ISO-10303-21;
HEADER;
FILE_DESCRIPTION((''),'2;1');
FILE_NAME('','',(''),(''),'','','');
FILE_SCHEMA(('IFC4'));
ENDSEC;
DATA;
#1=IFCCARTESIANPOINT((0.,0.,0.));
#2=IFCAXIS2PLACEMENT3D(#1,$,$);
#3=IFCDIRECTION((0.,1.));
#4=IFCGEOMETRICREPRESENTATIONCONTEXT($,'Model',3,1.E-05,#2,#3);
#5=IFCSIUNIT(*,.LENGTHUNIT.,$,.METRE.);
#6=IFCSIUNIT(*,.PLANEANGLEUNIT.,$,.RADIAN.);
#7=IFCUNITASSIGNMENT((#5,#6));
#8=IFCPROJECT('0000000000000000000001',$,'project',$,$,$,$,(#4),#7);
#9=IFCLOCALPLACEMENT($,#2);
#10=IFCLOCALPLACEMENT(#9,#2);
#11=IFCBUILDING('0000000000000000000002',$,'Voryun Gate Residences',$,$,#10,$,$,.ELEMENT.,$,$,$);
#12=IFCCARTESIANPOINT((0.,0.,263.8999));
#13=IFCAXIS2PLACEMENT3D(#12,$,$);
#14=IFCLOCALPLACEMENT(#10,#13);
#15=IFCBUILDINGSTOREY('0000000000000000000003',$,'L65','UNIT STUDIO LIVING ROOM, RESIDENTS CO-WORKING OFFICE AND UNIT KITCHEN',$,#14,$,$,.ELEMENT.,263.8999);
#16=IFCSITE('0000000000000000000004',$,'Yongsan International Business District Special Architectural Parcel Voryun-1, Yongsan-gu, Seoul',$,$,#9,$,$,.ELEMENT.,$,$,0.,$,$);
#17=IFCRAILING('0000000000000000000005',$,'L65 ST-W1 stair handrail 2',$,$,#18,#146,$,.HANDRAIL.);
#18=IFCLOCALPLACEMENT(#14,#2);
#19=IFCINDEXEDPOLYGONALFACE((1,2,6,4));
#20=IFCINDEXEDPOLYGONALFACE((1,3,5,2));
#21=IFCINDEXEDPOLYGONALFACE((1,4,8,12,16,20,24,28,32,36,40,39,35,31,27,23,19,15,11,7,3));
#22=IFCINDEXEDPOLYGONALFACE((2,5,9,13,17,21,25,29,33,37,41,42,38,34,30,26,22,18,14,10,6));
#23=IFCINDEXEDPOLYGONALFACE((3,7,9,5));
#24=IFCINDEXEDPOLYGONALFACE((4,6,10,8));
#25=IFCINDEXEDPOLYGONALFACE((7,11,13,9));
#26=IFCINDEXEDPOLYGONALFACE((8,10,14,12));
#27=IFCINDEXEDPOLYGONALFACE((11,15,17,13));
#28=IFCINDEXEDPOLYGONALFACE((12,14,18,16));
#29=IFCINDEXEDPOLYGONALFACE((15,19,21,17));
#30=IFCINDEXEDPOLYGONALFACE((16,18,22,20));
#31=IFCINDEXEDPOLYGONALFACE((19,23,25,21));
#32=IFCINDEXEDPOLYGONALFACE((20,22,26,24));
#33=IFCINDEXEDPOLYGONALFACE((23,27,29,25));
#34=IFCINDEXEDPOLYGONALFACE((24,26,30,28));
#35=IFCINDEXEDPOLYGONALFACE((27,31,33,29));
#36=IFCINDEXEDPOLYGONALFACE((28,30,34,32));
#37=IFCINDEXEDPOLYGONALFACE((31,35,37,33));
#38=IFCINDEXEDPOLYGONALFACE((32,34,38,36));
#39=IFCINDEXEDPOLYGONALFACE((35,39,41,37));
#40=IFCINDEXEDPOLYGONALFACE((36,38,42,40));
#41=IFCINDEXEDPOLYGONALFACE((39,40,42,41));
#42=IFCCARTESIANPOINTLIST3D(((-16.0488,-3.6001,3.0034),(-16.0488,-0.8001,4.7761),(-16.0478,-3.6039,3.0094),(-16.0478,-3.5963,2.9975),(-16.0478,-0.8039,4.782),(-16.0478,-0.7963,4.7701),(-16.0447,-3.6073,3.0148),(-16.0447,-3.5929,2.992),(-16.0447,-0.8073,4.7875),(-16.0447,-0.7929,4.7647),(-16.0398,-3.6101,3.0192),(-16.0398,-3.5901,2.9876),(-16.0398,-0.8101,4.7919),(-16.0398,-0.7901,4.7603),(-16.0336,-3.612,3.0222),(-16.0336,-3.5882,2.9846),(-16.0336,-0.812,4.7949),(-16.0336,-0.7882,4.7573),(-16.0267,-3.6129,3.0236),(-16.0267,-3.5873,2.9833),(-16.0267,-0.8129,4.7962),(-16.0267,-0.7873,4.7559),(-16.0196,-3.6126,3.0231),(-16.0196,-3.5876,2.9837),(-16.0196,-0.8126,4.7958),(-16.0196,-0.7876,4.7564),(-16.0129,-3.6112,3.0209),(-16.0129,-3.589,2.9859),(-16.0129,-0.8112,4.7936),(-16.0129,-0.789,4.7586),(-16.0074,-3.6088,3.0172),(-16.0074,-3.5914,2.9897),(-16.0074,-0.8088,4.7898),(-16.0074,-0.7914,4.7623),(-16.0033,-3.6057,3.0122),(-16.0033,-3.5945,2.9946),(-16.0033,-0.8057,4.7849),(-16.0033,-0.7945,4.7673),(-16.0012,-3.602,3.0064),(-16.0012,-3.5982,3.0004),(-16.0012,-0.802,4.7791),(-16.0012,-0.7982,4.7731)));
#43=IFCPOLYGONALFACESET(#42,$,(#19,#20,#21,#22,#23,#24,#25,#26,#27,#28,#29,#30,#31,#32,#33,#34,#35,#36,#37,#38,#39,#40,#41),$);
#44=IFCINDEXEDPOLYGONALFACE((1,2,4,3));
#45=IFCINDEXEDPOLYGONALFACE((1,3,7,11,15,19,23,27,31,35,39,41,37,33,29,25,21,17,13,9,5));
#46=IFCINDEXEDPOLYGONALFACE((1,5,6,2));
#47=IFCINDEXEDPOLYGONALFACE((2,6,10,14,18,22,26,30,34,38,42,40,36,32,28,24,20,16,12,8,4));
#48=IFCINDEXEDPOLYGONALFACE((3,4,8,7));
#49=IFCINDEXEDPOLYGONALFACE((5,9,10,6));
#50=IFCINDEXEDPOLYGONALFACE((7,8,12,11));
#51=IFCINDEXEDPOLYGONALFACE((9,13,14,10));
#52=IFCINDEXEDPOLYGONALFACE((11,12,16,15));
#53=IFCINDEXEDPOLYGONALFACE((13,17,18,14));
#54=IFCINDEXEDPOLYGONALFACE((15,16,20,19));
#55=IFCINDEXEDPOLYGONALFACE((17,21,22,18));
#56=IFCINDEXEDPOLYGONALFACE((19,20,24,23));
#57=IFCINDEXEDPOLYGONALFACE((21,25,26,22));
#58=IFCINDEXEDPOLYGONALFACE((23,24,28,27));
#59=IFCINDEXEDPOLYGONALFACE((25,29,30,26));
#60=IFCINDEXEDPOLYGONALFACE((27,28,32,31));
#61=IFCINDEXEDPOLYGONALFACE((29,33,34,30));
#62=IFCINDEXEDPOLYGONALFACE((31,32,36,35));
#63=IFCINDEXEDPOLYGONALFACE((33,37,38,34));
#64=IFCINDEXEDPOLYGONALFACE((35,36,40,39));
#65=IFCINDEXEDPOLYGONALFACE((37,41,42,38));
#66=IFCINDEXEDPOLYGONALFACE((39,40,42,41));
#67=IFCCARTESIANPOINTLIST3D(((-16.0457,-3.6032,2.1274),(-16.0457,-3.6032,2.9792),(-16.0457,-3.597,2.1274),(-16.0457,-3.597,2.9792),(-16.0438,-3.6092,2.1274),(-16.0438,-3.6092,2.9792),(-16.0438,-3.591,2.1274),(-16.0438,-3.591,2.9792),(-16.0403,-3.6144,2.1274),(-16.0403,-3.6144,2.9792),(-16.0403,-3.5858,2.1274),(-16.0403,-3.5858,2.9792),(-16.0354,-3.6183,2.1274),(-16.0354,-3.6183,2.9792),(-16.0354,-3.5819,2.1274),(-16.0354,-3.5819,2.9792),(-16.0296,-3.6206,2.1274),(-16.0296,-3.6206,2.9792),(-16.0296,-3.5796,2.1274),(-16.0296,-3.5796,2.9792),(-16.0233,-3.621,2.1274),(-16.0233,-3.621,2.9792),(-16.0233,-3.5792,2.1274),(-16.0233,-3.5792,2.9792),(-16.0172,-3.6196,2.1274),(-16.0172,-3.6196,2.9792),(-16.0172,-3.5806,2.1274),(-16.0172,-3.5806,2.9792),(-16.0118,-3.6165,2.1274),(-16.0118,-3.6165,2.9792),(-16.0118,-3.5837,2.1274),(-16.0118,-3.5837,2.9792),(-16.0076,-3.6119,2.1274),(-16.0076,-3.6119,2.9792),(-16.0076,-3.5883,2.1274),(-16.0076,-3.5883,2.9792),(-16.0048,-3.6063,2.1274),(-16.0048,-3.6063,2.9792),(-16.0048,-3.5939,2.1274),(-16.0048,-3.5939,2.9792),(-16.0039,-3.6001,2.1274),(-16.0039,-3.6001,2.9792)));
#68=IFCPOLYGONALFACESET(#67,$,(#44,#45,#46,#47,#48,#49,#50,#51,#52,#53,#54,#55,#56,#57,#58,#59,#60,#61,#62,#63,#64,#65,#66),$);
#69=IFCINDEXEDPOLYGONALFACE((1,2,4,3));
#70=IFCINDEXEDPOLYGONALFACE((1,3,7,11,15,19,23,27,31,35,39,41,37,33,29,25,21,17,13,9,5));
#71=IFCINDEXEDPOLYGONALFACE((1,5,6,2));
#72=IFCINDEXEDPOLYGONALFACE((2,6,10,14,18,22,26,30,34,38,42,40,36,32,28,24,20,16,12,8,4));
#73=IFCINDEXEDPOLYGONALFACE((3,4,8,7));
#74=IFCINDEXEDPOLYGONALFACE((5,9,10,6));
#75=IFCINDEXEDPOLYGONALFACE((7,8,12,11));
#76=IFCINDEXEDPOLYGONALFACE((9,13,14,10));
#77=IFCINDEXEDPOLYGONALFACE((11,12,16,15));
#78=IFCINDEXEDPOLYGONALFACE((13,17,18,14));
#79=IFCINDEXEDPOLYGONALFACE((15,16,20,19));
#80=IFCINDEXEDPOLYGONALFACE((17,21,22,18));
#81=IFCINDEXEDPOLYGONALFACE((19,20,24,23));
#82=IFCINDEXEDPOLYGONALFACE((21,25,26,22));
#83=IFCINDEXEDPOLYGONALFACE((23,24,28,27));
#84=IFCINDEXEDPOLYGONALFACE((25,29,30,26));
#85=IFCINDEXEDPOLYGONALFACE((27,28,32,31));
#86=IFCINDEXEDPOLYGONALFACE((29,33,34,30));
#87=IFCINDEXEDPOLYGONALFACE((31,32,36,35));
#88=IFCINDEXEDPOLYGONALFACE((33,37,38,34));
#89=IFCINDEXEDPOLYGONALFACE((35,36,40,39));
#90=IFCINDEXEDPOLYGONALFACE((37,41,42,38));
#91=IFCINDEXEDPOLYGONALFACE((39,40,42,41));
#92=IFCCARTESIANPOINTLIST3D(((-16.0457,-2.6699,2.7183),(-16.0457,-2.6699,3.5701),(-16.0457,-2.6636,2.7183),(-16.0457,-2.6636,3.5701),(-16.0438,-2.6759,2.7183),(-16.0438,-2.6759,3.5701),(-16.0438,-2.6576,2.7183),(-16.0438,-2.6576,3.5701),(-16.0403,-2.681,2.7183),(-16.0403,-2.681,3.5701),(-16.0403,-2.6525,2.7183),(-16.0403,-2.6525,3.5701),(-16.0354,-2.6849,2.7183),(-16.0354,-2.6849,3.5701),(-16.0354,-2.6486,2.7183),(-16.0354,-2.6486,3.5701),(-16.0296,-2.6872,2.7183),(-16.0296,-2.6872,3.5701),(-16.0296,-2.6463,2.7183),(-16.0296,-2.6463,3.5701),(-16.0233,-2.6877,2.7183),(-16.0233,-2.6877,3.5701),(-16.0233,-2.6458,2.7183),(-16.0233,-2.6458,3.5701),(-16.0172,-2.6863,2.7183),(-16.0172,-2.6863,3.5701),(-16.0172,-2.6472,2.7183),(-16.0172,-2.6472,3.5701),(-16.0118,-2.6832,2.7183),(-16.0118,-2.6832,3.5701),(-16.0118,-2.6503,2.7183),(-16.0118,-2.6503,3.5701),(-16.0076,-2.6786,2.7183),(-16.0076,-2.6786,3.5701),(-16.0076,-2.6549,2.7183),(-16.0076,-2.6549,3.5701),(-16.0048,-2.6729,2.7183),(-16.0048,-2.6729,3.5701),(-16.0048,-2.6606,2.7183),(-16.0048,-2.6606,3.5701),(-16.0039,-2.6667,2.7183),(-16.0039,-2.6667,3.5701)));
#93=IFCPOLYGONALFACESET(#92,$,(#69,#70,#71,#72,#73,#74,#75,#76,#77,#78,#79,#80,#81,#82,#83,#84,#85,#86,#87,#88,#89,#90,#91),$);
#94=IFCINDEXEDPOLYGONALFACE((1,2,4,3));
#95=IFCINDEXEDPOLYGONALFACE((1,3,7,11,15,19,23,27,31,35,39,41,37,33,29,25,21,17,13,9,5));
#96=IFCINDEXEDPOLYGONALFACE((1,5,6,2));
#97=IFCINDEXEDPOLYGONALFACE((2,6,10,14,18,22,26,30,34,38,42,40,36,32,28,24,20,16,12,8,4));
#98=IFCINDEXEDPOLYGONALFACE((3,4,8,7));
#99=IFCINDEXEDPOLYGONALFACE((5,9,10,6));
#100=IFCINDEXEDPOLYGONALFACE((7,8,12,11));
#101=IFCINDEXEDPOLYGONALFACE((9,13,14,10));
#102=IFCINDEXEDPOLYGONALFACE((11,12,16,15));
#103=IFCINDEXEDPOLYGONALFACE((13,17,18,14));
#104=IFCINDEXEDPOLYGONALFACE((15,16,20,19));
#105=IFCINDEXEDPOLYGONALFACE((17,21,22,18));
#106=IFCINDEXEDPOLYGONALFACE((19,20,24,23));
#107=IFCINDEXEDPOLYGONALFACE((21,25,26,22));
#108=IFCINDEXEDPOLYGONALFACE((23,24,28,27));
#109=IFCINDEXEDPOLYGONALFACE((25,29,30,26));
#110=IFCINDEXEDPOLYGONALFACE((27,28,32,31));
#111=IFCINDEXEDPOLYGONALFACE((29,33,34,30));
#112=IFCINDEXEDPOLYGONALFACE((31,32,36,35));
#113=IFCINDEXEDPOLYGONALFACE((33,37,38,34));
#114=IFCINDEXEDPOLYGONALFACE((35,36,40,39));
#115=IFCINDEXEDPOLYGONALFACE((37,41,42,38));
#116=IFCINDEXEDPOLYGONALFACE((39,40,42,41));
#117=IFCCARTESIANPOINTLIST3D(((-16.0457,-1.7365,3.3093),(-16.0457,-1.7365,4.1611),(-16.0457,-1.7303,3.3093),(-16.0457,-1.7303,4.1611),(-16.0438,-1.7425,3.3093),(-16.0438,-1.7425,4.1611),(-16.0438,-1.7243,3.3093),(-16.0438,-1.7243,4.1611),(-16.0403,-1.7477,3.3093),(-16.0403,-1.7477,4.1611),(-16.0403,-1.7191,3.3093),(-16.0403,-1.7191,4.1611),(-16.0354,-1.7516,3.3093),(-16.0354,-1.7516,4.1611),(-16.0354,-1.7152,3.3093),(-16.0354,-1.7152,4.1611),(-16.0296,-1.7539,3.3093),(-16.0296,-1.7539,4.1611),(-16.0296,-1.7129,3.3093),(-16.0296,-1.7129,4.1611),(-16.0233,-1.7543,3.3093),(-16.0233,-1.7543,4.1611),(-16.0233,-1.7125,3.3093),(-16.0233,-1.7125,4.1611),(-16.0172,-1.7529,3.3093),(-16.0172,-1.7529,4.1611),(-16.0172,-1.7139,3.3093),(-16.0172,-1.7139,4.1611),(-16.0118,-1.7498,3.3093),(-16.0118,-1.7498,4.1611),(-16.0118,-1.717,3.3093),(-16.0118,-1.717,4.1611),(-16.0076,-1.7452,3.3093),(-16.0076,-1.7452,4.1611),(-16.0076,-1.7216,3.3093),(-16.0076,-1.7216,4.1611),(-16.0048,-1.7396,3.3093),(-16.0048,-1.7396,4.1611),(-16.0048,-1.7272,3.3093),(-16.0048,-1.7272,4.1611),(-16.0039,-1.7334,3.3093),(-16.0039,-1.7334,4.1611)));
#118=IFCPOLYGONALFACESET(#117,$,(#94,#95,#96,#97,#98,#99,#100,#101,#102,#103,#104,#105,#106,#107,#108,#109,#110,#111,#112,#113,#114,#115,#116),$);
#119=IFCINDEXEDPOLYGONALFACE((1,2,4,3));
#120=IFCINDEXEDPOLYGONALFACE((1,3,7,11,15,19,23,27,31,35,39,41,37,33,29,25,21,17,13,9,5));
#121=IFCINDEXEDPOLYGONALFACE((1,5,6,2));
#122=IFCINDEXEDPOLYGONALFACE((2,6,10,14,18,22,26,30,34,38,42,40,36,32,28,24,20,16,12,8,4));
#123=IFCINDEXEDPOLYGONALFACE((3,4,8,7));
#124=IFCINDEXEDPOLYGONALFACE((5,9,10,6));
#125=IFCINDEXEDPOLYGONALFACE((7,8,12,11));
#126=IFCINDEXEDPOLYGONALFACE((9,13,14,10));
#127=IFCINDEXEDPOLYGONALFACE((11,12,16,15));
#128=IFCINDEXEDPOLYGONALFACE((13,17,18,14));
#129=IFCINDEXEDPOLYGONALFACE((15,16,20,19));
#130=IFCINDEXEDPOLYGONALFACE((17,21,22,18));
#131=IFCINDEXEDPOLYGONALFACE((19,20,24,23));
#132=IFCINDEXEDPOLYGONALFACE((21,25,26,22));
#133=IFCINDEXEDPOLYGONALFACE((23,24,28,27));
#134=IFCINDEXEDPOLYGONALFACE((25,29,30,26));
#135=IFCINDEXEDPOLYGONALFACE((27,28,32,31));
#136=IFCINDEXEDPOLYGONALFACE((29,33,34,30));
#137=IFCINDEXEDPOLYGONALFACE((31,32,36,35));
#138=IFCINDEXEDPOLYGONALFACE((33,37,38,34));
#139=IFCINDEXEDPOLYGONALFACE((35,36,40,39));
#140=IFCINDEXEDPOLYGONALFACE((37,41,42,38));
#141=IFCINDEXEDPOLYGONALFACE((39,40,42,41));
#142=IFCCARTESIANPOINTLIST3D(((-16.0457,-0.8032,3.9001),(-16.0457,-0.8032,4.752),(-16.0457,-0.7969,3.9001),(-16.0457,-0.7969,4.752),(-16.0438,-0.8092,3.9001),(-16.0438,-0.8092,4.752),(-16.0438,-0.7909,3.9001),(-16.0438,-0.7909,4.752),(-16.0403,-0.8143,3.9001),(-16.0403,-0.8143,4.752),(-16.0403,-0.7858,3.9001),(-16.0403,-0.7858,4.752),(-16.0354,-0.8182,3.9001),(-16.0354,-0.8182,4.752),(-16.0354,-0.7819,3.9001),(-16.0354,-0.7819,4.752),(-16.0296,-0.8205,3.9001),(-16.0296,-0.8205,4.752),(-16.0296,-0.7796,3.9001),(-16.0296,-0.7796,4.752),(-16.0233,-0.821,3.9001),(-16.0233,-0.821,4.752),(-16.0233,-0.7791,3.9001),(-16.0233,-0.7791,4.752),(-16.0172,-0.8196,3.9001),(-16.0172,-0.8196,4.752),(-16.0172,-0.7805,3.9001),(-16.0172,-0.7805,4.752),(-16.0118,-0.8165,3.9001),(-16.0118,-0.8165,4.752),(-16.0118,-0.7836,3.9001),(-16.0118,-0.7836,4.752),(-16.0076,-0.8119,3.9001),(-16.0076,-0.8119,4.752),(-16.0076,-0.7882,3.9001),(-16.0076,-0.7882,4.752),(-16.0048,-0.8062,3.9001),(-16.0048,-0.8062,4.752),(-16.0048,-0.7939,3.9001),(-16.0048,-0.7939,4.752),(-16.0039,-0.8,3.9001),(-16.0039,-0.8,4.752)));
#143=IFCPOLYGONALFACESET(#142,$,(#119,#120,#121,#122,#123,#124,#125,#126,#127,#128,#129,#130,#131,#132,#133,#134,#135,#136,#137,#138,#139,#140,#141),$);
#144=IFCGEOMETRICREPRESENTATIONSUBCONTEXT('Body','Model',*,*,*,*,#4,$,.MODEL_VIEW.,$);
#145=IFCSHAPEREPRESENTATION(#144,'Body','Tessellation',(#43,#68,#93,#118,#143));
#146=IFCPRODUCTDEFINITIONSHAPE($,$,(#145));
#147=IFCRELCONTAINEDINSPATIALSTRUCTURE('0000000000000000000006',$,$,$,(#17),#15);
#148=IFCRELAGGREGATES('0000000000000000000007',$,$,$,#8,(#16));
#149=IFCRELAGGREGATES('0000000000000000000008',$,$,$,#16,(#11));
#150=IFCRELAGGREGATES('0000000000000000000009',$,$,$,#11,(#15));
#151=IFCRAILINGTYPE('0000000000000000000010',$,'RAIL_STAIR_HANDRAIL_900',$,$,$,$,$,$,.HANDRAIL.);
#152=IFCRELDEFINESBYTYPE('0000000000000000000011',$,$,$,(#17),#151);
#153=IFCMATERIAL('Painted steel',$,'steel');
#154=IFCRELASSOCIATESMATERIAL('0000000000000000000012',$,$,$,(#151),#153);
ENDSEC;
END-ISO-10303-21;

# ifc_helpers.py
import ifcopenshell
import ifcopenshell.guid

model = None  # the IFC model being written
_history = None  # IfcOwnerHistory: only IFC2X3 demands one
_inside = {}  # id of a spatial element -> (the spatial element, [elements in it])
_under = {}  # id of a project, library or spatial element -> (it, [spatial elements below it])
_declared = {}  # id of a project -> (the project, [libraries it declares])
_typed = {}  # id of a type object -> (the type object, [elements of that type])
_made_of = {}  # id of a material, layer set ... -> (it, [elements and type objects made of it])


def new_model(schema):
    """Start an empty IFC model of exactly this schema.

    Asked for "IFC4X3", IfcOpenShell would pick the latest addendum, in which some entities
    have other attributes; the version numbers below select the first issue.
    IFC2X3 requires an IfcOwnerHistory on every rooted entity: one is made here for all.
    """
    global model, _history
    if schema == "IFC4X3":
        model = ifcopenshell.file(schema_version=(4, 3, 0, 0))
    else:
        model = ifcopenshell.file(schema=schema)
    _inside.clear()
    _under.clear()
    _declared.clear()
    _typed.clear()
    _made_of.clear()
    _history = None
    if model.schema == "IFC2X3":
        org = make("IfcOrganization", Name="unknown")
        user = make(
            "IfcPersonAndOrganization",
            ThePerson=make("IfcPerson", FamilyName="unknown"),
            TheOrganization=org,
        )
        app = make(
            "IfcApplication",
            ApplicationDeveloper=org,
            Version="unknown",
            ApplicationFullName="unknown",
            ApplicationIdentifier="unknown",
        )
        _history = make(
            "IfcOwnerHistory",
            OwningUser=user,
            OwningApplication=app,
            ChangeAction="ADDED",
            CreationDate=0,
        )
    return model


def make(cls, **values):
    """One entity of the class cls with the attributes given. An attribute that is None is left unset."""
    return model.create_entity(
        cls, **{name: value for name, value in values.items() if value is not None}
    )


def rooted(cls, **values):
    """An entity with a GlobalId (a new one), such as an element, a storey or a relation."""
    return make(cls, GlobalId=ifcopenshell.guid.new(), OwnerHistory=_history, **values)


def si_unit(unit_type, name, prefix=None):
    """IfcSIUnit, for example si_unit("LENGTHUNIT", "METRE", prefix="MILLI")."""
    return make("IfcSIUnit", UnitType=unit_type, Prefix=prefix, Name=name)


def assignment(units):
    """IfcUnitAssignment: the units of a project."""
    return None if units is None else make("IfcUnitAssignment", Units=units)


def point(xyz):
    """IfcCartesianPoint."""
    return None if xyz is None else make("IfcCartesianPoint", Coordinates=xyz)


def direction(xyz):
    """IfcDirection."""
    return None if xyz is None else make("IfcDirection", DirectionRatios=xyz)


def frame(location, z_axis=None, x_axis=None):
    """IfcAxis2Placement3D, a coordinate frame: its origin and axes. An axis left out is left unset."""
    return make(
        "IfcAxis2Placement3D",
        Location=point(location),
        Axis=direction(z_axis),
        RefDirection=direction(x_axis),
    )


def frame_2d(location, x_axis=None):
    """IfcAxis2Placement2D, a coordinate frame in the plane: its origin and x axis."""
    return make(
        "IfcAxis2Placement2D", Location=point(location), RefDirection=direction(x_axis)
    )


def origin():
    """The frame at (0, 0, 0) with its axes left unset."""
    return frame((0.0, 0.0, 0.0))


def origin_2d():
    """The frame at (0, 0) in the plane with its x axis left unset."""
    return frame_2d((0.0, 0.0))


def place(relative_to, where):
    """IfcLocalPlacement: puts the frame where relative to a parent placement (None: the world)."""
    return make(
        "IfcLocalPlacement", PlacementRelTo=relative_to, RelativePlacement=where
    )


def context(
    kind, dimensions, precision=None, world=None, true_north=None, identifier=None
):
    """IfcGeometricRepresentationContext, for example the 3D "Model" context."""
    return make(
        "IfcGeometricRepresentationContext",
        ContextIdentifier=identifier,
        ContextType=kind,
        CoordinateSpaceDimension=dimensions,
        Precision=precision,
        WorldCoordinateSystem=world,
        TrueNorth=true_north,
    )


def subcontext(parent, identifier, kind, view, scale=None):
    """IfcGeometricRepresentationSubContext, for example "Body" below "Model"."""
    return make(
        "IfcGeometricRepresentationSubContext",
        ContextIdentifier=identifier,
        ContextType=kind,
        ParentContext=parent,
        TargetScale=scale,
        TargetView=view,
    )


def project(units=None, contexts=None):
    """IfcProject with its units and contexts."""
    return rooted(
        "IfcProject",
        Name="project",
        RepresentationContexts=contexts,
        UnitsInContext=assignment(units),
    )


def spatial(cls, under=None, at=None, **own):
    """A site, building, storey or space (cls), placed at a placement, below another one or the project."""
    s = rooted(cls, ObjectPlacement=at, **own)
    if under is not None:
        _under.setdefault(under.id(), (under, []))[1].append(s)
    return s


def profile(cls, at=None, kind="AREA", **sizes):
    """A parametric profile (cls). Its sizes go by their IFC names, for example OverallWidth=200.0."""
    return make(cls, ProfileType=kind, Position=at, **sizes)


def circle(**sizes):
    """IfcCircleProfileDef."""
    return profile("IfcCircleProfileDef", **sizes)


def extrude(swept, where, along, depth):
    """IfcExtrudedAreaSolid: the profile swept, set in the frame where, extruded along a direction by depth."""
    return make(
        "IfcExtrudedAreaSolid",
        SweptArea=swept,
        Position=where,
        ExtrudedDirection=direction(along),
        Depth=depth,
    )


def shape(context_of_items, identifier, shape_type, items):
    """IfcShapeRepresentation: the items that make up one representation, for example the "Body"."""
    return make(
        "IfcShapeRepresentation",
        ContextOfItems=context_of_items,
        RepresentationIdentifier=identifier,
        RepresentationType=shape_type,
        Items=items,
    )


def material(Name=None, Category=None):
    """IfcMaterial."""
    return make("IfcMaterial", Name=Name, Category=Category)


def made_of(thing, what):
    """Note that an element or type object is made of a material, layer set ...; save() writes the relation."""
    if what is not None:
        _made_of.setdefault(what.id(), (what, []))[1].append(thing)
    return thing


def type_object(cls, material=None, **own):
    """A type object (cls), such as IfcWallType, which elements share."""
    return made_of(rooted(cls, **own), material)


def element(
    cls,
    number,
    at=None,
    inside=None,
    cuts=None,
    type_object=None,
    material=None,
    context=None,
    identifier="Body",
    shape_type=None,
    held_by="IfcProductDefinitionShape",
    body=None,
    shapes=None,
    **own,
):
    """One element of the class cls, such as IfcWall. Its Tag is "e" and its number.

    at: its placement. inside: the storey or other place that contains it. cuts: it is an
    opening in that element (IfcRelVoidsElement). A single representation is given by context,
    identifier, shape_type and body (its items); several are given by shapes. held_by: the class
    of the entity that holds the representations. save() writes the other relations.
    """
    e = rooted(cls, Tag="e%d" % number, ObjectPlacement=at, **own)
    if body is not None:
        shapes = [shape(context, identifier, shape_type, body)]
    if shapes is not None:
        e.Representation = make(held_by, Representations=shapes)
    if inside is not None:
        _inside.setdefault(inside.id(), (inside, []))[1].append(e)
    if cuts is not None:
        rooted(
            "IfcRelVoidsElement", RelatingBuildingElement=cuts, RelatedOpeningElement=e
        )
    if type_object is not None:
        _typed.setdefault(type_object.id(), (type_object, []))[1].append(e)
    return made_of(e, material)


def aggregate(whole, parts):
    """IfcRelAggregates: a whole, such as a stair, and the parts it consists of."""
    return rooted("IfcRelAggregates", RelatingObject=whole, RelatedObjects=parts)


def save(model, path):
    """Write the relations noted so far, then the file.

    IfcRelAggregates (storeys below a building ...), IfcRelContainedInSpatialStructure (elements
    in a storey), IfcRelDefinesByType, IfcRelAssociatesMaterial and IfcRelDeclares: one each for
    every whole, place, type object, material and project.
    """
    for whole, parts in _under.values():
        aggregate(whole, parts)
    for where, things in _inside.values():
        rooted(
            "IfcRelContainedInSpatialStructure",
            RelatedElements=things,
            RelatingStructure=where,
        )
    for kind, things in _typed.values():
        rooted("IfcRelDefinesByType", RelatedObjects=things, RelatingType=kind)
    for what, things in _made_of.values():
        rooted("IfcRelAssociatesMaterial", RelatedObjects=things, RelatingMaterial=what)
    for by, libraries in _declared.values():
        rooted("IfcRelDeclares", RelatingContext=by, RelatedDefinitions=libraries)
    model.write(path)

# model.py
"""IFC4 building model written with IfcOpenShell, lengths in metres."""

from ifc_helpers import new_model, si_unit, direction, frame, origin, origin_2d, place, context, subcontext, project, spatial, circle, extrude, material, type_object, element, save


model = new_model("IFC4")

# Units and contexts
model_context = context("Model", 3, precision=1e-05, world=origin(), true_north=direction((0.0, 1.0)))
body_context = subcontext(model_context, "Body", "Model", "MODEL_VIEW")
ifc_project = project(units=[si_unit("LENGTHUNIT", "METRE"), si_unit("PLANEANGLEUNIT", "RADIAN")], contexts=[model_context])

# Site, building, storey
site_placement = place(None, origin())
site = spatial("IfcSite", under=ifc_project, at=site_placement, Name="Yongsan International Business District Special Architectural Parcel Voryun-1, Yongsan-gu, Seoul", CompositionType="ELEMENT", RefElevation=0.0)
building_placement = place(site_placement, origin())
building = spatial("IfcBuilding", under=site, at=building_placement, Name="Voryun Gate Residences", CompositionType="ELEMENT")
storey_placement = place(building_placement, frame((0.0, 0.0, 263.8999)))
storey = spatial("IfcBuildingStorey", under=building, at=storey_placement, Name="L65", Description="UNIT STUDIO LIVING ROOM, RESIDENTS CO-WORKING OFFICE AND UNIT KITCHEN", CompositionType="ELEMENT", Elevation=263.8999)

# Railing
ifc_material_1 = material(Name="Painted steel", Category="steel")
railing_type_1 = type_object("IfcRailingType", Name="RAIL_STAIR_HANDRAIL_900", PredefinedType="HANDRAIL", material=ifc_material_1)
railing_1_placement = place(storey_placement, frame((-16.0249, -3.6001, 2.1274)))
element("IfcRailing", 1, at=railing_1_placement, inside=storey, type_object=railing_type_1, Name="L65 ST-W1 stair handrail 2", PredefinedType="HANDRAIL", context=body_context, shape_type="SweptSolid", body=[
    extrude(circle(Radius=0.0239, at=origin_2d()), frame((0.0, 0.0, 0.876), z_axis=(0.0, 0.844909, 0.53491), x_axis=(-1.0, 0.0, 0.0)), (0.0, 0.0, 1.0), 3.314),
    extrude(circle(Radius=0.021, at=origin_2d()), origin(), (0.0, 0.0, 1.0), 0.8518),
    extrude(circle(Radius=0.021, at=origin_2d()), frame((0.0, 0.9333, 0.5908)), (0.0, 0.0, 1.0), 0.8518),
    extrude(circle(Radius=0.021, at=origin_2d()), frame((0.0, 1.8667, 1.1819)), (0.0, 0.0, 1.0), 0.8518),
    extrude(circle(Radius=0.021, at=origin_2d()), frame((0.0, 2.8, 1.7727)), (0.0, 0.0, 1.0), 0.8518),
])

save(model, "model.ifc")
